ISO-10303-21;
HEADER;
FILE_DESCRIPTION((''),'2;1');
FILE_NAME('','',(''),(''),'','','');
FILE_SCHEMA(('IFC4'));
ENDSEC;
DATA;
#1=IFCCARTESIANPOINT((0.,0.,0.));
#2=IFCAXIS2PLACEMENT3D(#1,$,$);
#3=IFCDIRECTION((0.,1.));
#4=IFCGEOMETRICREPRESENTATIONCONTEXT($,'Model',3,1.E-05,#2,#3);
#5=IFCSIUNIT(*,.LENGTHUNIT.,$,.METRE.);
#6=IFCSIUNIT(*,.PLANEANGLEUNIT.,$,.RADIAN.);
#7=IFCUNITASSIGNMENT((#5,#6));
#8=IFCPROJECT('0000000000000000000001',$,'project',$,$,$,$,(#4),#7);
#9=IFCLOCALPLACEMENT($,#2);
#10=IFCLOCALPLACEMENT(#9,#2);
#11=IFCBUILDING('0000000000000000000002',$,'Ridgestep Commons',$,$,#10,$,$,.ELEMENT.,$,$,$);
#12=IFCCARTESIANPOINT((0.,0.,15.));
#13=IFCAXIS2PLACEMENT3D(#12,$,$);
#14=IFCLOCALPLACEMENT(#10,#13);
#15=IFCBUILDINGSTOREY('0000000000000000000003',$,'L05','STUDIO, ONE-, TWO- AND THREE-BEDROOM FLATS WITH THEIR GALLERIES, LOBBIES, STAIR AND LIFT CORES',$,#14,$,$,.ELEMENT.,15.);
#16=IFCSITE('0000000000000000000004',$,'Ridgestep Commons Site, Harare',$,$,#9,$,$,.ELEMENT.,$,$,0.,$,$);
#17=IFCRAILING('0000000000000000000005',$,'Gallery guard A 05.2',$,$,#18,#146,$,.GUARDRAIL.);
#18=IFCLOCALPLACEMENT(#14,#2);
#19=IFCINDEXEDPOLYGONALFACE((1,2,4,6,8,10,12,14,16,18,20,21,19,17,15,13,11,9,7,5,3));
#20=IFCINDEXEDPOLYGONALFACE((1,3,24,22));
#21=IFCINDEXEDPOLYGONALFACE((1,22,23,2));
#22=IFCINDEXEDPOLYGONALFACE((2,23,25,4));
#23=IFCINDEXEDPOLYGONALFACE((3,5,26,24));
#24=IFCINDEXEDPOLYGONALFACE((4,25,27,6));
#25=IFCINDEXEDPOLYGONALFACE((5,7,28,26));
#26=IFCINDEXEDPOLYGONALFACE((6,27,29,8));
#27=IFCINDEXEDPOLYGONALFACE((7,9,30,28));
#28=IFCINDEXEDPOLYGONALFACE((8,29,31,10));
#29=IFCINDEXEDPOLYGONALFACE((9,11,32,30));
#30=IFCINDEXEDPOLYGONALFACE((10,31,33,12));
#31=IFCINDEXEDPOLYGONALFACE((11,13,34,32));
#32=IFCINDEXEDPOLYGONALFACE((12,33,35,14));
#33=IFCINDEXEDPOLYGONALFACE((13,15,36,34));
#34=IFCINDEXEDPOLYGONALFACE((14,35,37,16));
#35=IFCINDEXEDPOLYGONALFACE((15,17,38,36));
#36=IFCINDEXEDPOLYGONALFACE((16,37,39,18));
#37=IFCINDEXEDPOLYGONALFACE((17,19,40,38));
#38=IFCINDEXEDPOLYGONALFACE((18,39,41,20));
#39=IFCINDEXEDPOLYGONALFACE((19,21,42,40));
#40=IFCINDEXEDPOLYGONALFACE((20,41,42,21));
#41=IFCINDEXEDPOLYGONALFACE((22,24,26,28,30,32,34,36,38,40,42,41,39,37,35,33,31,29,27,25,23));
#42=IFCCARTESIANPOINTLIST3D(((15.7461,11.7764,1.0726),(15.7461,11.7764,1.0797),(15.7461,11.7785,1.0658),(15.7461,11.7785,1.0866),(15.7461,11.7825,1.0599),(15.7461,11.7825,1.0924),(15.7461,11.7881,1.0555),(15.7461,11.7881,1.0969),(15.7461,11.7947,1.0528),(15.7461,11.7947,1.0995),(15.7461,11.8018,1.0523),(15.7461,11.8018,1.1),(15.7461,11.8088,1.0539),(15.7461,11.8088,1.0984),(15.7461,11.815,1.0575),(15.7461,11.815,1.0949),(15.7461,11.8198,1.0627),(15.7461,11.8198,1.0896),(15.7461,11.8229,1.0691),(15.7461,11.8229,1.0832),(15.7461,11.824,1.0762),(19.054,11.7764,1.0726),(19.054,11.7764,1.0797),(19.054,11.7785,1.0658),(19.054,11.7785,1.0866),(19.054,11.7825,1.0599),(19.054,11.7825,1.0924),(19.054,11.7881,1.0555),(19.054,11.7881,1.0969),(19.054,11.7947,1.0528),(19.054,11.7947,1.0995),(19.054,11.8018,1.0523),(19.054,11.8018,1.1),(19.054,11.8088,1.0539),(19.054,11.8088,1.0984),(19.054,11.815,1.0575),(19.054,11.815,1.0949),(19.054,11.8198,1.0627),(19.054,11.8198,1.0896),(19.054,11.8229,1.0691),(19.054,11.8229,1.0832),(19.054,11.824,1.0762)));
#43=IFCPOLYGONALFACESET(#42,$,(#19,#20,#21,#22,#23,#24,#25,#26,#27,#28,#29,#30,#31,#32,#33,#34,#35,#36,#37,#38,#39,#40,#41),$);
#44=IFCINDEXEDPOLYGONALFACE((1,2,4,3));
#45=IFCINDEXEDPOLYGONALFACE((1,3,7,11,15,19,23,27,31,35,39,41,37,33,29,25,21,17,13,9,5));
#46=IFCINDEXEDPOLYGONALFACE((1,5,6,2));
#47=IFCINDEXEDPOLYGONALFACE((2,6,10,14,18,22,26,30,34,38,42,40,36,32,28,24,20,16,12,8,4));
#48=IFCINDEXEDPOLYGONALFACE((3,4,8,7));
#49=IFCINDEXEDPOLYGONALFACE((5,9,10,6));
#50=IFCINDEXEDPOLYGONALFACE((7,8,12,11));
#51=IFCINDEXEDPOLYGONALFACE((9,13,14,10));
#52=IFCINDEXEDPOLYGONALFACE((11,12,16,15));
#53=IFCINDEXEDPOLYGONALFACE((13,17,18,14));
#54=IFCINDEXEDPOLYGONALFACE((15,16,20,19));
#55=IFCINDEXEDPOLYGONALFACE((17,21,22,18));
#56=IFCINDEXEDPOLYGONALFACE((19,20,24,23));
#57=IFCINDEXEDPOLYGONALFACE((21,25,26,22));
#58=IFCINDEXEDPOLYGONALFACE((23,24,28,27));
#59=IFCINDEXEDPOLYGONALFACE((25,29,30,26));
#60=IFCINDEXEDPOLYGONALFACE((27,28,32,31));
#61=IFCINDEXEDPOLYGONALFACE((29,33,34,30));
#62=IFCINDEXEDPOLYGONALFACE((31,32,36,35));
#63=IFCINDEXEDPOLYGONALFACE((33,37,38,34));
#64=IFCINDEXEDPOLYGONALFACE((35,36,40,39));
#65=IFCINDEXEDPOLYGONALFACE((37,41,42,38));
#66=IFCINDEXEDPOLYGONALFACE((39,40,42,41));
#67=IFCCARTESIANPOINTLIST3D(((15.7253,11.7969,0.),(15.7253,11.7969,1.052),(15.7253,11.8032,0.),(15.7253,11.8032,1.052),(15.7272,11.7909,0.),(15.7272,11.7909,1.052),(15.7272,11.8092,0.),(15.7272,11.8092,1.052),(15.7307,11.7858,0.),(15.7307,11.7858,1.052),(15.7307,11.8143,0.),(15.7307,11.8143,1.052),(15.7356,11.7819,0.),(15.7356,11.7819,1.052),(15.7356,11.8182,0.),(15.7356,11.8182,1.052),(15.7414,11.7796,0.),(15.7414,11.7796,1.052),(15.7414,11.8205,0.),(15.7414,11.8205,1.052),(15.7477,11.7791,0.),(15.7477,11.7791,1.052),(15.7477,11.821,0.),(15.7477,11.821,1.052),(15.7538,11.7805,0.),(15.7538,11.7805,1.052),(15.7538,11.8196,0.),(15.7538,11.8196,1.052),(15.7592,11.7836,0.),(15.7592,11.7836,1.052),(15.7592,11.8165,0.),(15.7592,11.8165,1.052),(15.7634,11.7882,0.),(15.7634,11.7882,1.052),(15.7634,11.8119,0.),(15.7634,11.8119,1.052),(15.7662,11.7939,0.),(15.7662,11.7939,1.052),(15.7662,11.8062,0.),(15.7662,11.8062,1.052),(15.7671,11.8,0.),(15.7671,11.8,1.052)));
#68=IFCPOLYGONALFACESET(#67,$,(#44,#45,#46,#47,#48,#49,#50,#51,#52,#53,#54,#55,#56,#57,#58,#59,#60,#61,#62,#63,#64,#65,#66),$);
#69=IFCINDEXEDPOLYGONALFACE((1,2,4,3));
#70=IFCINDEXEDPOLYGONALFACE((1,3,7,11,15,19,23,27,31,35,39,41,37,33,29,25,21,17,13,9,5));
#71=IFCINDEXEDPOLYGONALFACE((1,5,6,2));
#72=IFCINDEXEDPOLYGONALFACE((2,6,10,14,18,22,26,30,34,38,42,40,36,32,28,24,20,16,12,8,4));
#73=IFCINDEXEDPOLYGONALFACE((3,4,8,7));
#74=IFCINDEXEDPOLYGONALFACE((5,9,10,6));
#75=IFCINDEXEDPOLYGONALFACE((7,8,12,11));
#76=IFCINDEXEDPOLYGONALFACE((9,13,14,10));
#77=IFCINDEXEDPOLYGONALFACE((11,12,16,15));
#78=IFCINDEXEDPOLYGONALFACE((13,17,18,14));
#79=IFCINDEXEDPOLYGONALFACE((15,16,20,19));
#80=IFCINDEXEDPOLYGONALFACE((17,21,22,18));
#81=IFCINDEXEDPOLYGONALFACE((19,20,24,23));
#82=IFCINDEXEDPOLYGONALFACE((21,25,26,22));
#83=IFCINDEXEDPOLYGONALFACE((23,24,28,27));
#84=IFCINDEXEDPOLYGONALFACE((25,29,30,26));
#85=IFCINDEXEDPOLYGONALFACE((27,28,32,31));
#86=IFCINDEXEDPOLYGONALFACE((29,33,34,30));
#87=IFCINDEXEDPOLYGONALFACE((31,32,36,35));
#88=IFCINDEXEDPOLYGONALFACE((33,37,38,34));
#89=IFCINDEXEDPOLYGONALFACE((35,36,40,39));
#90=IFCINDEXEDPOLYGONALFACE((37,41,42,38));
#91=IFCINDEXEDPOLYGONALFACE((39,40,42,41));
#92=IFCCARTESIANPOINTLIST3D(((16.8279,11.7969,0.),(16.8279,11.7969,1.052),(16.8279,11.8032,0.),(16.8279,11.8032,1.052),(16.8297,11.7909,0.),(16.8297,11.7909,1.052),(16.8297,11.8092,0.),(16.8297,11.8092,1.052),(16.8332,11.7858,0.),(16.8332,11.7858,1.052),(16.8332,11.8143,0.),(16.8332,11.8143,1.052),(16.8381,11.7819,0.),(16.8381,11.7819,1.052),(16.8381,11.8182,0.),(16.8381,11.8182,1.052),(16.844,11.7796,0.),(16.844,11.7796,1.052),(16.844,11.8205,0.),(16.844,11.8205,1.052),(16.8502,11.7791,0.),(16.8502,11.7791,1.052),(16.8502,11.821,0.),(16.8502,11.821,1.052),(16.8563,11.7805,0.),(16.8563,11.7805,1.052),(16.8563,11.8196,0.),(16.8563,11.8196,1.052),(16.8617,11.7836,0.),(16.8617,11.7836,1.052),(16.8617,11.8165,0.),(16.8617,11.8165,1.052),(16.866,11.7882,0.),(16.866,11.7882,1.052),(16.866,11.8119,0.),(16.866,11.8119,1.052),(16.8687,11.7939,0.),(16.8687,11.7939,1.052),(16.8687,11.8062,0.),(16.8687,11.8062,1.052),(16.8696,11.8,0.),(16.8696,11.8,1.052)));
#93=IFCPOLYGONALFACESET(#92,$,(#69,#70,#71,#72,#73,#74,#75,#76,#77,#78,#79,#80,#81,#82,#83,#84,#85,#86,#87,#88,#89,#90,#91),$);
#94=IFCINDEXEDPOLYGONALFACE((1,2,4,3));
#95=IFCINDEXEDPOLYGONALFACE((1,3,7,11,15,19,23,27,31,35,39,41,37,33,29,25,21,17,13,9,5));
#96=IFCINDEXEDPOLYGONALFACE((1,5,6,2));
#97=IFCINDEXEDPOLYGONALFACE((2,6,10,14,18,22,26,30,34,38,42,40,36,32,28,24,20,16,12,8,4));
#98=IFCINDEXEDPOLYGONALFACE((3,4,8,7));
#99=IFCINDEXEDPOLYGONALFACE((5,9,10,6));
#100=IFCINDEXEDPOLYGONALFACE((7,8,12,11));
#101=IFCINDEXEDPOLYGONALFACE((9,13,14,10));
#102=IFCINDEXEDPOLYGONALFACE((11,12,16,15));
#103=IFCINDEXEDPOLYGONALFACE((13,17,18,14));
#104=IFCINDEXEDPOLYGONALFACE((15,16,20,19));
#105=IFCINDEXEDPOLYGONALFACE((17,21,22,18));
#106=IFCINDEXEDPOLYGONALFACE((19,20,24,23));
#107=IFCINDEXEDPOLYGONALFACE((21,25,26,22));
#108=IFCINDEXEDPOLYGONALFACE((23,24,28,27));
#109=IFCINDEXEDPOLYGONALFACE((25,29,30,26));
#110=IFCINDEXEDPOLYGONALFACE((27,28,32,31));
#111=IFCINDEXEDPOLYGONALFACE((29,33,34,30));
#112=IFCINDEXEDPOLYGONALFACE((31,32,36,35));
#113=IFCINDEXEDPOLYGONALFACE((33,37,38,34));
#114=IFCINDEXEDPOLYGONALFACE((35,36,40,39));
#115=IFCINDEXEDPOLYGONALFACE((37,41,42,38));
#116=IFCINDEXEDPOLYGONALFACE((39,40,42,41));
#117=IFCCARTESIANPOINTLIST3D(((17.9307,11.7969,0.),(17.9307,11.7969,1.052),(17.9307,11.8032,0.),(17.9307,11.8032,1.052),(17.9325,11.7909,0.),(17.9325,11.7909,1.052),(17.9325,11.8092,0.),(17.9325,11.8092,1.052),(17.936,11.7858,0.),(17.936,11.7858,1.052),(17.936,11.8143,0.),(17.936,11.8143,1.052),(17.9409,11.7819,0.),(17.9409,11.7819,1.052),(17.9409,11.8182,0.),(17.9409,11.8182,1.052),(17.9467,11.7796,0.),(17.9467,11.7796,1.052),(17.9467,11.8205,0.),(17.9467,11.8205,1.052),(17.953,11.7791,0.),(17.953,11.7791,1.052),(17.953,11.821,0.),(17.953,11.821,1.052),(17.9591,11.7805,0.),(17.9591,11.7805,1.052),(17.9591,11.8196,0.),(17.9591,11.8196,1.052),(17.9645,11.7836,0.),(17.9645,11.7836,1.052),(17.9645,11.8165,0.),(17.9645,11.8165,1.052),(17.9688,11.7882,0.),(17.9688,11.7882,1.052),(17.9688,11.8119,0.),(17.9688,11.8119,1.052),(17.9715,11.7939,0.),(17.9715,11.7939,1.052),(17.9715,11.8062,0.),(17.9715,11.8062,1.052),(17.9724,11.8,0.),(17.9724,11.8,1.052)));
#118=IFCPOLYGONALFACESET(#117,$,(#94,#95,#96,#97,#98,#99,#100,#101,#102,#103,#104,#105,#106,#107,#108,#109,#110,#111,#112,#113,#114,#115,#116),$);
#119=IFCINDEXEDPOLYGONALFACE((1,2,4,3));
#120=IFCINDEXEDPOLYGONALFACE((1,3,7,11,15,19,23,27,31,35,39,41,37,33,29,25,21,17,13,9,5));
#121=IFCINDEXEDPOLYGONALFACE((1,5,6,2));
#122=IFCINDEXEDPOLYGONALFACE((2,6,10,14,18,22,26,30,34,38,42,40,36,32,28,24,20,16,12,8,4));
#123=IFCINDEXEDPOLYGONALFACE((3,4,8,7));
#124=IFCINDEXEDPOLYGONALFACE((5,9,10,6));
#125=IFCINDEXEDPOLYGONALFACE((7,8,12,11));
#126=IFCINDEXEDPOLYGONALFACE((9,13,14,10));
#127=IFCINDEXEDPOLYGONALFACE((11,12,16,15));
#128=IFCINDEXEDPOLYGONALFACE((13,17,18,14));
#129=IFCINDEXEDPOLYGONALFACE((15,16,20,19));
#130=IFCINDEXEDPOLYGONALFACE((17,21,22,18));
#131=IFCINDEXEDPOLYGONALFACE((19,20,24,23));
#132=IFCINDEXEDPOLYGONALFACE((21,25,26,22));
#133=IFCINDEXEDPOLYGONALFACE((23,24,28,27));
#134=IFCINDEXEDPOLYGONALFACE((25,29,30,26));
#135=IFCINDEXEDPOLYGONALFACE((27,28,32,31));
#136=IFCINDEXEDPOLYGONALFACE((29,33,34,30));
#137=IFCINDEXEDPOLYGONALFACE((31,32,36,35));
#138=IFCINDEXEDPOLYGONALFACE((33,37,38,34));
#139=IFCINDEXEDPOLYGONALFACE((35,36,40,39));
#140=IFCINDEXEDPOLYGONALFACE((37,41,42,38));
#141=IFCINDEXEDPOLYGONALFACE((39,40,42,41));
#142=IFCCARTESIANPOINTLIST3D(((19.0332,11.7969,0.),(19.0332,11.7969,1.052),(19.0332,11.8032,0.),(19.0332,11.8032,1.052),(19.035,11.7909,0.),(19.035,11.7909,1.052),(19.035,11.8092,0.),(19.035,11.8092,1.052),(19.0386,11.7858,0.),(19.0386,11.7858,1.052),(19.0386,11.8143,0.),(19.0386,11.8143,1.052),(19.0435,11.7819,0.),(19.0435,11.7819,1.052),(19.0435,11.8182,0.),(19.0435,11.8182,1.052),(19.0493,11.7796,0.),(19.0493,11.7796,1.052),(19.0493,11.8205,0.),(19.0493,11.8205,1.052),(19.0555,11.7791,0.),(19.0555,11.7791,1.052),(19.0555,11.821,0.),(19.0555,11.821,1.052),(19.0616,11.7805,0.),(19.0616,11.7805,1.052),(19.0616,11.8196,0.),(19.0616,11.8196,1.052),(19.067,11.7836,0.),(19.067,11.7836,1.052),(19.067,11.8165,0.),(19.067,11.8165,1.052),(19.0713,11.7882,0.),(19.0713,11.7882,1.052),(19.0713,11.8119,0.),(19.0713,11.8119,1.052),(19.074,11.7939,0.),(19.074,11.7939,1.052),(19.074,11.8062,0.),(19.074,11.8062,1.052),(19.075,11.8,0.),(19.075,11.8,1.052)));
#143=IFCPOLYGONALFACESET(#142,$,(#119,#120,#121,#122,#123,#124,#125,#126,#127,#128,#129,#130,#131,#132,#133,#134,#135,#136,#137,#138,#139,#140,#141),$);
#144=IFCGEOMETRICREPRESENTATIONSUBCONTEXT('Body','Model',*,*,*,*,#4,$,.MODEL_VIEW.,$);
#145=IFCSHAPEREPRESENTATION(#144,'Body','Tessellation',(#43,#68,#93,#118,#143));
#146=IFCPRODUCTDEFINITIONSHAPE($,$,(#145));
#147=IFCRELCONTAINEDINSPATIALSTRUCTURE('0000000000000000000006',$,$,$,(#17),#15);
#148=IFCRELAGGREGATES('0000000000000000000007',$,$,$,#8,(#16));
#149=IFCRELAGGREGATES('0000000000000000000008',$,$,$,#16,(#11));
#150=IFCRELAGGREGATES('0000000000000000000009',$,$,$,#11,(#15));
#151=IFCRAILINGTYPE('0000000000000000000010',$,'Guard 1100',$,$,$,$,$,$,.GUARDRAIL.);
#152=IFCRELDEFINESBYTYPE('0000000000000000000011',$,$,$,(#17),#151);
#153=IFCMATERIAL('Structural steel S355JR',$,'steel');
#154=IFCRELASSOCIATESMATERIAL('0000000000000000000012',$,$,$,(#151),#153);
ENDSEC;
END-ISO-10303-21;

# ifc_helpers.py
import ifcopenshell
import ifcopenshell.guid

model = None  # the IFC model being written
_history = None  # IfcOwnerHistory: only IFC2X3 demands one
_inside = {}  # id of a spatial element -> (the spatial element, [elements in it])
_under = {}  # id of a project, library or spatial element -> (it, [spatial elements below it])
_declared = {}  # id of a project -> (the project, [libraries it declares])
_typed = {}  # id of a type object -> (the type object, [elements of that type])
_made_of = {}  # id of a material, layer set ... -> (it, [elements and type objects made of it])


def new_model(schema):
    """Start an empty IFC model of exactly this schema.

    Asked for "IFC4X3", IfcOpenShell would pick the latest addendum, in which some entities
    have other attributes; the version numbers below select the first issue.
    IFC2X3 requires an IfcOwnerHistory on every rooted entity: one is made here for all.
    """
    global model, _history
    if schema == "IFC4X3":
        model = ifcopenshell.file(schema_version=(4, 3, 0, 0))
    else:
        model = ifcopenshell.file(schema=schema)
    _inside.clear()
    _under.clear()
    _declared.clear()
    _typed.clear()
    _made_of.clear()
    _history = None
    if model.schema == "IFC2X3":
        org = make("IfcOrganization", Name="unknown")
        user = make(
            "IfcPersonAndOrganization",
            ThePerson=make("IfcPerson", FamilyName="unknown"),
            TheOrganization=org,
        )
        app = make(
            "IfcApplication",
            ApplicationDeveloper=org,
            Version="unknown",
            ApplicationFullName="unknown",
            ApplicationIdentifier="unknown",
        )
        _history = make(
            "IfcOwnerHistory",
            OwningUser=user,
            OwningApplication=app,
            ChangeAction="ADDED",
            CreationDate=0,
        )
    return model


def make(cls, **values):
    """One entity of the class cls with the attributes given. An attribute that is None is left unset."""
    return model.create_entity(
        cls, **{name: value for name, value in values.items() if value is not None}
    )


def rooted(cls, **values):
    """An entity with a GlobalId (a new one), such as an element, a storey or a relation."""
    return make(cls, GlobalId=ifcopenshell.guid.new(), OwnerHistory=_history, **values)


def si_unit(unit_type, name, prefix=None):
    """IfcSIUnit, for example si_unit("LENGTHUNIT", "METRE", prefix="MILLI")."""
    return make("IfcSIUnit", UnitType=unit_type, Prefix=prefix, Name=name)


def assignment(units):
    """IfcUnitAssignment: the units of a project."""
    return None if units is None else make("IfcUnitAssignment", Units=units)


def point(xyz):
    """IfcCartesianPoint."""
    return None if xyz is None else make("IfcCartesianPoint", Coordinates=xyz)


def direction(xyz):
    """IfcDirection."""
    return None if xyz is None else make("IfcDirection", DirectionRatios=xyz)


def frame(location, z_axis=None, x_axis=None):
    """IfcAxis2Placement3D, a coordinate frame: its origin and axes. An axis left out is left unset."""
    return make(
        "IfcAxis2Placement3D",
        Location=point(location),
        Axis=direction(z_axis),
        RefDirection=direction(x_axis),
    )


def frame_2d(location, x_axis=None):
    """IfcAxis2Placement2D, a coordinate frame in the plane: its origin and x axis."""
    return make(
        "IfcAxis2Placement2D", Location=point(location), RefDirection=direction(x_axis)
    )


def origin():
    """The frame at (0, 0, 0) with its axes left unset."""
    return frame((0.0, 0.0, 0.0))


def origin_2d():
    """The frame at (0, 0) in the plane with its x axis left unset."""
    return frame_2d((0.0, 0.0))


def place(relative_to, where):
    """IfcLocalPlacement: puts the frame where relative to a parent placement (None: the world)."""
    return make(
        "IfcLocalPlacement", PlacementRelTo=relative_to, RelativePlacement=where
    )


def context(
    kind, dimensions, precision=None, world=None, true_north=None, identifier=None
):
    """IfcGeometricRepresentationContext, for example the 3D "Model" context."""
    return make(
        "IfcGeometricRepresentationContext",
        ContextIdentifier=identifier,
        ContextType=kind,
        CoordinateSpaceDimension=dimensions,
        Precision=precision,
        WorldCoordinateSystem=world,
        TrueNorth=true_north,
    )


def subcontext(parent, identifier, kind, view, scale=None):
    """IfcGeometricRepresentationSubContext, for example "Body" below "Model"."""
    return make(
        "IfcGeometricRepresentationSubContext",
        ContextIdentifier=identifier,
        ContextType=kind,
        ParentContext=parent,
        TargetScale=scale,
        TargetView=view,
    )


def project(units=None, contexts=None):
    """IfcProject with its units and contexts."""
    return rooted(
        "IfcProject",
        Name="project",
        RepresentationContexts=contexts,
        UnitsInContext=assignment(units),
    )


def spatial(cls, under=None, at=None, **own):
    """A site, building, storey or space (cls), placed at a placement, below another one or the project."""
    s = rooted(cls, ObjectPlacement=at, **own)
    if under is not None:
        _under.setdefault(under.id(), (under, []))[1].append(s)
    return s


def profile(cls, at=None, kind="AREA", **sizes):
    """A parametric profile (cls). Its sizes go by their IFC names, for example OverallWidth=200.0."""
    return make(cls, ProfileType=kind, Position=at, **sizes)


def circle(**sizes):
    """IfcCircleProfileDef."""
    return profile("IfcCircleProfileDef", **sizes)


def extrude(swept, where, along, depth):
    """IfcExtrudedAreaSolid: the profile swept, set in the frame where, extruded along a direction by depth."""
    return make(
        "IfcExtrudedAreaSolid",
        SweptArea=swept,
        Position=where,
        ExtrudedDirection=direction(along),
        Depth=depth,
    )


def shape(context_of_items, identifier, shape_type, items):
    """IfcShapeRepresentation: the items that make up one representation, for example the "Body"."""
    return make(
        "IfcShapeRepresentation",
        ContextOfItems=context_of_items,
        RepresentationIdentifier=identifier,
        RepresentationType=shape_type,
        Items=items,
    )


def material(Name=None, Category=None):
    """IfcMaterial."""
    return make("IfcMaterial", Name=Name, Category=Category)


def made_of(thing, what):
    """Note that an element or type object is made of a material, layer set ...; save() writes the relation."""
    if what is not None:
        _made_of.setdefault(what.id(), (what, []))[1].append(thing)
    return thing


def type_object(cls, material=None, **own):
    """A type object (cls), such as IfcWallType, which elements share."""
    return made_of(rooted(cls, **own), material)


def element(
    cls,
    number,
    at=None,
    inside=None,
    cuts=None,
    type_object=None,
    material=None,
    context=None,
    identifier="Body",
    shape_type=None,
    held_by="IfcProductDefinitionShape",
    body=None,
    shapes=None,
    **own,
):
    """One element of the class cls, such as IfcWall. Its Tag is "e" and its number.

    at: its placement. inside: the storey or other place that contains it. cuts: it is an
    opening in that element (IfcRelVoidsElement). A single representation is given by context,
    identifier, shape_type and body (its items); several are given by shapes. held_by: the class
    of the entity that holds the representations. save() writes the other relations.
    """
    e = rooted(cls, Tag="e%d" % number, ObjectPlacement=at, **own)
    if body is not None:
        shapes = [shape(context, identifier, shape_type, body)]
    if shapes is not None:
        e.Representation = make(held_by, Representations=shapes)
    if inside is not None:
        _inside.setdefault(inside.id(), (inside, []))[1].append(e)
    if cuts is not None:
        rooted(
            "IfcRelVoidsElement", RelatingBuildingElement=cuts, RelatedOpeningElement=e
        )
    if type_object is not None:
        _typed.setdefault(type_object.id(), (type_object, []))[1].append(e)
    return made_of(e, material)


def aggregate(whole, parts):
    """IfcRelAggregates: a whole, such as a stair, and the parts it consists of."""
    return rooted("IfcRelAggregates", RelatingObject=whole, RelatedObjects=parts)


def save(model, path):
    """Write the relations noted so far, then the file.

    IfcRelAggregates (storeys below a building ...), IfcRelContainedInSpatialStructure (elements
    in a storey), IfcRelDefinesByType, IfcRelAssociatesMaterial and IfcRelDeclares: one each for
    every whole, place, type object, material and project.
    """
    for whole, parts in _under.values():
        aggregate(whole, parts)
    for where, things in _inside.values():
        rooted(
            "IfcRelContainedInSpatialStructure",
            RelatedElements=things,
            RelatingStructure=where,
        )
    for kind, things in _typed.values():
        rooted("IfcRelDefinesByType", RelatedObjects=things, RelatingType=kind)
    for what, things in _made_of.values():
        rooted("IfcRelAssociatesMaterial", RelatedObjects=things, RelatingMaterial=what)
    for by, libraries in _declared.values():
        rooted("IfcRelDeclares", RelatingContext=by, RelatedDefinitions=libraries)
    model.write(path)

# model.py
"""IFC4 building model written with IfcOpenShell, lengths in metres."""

from ifc_helpers import new_model, si_unit, direction, frame, origin, origin_2d, place, context, subcontext, project, spatial, circle, extrude, material, type_object, element, save


model = new_model("IFC4")

# Units and contexts
model_context = context("Model", 3, precision=1e-05, world=origin(), true_north=direction((0.0, 1.0)))
body_context = subcontext(model_context, "Body", "Model", "MODEL_VIEW")
ifc_project = project(units=[si_unit("LENGTHUNIT", "METRE"), si_unit("PLANEANGLEUNIT", "RADIAN")], contexts=[model_context])

# Site, building, storey
site_placement = place(None, origin())
site = spatial("IfcSite", under=ifc_project, at=site_placement, Name="Ridgestep Commons Site, Harare", CompositionType="ELEMENT", RefElevation=0.0)
building_placement = place(site_placement, origin())
building = spatial("IfcBuilding", under=site, at=building_placement, Name="Ridgestep Commons", CompositionType="ELEMENT")
storey_placement = place(building_placement, frame((0.0, 0.0, 15.0)))
storey = spatial("IfcBuildingStorey", under=building, at=storey_placement, Name="L05", Description="STUDIO, ONE-, TWO- AND THREE-BEDROOM FLATS WITH THEIR GALLERIES, LOBBIES, STAIR AND LIFT CORES", CompositionType="ELEMENT", Elevation=15.0)

# Railing
ifc_material_1 = material(Name="Structural steel S355JR", Category="steel")
railing_type = type_object("IfcRailingType", Name="Guard 1100", PredefinedType="GUARDRAIL", material=ifc_material_1)
railing_1_placement = place(storey_placement, frame((15.7461, 11.8, 0.0)))
element("IfcRailing", 1, at=railing_1_placement, inside=storey, type_object=railing_type, Name="Gallery guard A 05.2", PredefinedType="GUARDRAIL", context=body_context, shape_type="SweptSolid", body=[
    extrude(circle(Radius=0.0239, at=origin_2d()), frame((0.0, 0.0, 1.0762), z_axis=(1.0, 0.0, 0.0), x_axis=(0.0, 1.0, 0.0)), (0.0, 0.0, 1.0), 3.3079),
    extrude(circle(Radius=0.021, at=origin_2d()), origin(), (0.0, 0.0, 1.0), 1.052),
    extrude(circle(Radius=0.021, at=origin_2d()), frame((1.1025, 0.0, 0.0)), (0.0, 0.0, 1.0), 1.052),
    extrude(circle(Radius=0.021, at=origin_2d()), frame((2.2053, 0.0, 0.0)), (0.0, 0.0, 1.0), 1.052),
    extrude(circle(Radius=0.021, at=origin_2d()), frame((3.3079, 0.0, 0.0)), (0.0, 0.0, 1.0), 1.052),
])

save(model, "model.ifc")
